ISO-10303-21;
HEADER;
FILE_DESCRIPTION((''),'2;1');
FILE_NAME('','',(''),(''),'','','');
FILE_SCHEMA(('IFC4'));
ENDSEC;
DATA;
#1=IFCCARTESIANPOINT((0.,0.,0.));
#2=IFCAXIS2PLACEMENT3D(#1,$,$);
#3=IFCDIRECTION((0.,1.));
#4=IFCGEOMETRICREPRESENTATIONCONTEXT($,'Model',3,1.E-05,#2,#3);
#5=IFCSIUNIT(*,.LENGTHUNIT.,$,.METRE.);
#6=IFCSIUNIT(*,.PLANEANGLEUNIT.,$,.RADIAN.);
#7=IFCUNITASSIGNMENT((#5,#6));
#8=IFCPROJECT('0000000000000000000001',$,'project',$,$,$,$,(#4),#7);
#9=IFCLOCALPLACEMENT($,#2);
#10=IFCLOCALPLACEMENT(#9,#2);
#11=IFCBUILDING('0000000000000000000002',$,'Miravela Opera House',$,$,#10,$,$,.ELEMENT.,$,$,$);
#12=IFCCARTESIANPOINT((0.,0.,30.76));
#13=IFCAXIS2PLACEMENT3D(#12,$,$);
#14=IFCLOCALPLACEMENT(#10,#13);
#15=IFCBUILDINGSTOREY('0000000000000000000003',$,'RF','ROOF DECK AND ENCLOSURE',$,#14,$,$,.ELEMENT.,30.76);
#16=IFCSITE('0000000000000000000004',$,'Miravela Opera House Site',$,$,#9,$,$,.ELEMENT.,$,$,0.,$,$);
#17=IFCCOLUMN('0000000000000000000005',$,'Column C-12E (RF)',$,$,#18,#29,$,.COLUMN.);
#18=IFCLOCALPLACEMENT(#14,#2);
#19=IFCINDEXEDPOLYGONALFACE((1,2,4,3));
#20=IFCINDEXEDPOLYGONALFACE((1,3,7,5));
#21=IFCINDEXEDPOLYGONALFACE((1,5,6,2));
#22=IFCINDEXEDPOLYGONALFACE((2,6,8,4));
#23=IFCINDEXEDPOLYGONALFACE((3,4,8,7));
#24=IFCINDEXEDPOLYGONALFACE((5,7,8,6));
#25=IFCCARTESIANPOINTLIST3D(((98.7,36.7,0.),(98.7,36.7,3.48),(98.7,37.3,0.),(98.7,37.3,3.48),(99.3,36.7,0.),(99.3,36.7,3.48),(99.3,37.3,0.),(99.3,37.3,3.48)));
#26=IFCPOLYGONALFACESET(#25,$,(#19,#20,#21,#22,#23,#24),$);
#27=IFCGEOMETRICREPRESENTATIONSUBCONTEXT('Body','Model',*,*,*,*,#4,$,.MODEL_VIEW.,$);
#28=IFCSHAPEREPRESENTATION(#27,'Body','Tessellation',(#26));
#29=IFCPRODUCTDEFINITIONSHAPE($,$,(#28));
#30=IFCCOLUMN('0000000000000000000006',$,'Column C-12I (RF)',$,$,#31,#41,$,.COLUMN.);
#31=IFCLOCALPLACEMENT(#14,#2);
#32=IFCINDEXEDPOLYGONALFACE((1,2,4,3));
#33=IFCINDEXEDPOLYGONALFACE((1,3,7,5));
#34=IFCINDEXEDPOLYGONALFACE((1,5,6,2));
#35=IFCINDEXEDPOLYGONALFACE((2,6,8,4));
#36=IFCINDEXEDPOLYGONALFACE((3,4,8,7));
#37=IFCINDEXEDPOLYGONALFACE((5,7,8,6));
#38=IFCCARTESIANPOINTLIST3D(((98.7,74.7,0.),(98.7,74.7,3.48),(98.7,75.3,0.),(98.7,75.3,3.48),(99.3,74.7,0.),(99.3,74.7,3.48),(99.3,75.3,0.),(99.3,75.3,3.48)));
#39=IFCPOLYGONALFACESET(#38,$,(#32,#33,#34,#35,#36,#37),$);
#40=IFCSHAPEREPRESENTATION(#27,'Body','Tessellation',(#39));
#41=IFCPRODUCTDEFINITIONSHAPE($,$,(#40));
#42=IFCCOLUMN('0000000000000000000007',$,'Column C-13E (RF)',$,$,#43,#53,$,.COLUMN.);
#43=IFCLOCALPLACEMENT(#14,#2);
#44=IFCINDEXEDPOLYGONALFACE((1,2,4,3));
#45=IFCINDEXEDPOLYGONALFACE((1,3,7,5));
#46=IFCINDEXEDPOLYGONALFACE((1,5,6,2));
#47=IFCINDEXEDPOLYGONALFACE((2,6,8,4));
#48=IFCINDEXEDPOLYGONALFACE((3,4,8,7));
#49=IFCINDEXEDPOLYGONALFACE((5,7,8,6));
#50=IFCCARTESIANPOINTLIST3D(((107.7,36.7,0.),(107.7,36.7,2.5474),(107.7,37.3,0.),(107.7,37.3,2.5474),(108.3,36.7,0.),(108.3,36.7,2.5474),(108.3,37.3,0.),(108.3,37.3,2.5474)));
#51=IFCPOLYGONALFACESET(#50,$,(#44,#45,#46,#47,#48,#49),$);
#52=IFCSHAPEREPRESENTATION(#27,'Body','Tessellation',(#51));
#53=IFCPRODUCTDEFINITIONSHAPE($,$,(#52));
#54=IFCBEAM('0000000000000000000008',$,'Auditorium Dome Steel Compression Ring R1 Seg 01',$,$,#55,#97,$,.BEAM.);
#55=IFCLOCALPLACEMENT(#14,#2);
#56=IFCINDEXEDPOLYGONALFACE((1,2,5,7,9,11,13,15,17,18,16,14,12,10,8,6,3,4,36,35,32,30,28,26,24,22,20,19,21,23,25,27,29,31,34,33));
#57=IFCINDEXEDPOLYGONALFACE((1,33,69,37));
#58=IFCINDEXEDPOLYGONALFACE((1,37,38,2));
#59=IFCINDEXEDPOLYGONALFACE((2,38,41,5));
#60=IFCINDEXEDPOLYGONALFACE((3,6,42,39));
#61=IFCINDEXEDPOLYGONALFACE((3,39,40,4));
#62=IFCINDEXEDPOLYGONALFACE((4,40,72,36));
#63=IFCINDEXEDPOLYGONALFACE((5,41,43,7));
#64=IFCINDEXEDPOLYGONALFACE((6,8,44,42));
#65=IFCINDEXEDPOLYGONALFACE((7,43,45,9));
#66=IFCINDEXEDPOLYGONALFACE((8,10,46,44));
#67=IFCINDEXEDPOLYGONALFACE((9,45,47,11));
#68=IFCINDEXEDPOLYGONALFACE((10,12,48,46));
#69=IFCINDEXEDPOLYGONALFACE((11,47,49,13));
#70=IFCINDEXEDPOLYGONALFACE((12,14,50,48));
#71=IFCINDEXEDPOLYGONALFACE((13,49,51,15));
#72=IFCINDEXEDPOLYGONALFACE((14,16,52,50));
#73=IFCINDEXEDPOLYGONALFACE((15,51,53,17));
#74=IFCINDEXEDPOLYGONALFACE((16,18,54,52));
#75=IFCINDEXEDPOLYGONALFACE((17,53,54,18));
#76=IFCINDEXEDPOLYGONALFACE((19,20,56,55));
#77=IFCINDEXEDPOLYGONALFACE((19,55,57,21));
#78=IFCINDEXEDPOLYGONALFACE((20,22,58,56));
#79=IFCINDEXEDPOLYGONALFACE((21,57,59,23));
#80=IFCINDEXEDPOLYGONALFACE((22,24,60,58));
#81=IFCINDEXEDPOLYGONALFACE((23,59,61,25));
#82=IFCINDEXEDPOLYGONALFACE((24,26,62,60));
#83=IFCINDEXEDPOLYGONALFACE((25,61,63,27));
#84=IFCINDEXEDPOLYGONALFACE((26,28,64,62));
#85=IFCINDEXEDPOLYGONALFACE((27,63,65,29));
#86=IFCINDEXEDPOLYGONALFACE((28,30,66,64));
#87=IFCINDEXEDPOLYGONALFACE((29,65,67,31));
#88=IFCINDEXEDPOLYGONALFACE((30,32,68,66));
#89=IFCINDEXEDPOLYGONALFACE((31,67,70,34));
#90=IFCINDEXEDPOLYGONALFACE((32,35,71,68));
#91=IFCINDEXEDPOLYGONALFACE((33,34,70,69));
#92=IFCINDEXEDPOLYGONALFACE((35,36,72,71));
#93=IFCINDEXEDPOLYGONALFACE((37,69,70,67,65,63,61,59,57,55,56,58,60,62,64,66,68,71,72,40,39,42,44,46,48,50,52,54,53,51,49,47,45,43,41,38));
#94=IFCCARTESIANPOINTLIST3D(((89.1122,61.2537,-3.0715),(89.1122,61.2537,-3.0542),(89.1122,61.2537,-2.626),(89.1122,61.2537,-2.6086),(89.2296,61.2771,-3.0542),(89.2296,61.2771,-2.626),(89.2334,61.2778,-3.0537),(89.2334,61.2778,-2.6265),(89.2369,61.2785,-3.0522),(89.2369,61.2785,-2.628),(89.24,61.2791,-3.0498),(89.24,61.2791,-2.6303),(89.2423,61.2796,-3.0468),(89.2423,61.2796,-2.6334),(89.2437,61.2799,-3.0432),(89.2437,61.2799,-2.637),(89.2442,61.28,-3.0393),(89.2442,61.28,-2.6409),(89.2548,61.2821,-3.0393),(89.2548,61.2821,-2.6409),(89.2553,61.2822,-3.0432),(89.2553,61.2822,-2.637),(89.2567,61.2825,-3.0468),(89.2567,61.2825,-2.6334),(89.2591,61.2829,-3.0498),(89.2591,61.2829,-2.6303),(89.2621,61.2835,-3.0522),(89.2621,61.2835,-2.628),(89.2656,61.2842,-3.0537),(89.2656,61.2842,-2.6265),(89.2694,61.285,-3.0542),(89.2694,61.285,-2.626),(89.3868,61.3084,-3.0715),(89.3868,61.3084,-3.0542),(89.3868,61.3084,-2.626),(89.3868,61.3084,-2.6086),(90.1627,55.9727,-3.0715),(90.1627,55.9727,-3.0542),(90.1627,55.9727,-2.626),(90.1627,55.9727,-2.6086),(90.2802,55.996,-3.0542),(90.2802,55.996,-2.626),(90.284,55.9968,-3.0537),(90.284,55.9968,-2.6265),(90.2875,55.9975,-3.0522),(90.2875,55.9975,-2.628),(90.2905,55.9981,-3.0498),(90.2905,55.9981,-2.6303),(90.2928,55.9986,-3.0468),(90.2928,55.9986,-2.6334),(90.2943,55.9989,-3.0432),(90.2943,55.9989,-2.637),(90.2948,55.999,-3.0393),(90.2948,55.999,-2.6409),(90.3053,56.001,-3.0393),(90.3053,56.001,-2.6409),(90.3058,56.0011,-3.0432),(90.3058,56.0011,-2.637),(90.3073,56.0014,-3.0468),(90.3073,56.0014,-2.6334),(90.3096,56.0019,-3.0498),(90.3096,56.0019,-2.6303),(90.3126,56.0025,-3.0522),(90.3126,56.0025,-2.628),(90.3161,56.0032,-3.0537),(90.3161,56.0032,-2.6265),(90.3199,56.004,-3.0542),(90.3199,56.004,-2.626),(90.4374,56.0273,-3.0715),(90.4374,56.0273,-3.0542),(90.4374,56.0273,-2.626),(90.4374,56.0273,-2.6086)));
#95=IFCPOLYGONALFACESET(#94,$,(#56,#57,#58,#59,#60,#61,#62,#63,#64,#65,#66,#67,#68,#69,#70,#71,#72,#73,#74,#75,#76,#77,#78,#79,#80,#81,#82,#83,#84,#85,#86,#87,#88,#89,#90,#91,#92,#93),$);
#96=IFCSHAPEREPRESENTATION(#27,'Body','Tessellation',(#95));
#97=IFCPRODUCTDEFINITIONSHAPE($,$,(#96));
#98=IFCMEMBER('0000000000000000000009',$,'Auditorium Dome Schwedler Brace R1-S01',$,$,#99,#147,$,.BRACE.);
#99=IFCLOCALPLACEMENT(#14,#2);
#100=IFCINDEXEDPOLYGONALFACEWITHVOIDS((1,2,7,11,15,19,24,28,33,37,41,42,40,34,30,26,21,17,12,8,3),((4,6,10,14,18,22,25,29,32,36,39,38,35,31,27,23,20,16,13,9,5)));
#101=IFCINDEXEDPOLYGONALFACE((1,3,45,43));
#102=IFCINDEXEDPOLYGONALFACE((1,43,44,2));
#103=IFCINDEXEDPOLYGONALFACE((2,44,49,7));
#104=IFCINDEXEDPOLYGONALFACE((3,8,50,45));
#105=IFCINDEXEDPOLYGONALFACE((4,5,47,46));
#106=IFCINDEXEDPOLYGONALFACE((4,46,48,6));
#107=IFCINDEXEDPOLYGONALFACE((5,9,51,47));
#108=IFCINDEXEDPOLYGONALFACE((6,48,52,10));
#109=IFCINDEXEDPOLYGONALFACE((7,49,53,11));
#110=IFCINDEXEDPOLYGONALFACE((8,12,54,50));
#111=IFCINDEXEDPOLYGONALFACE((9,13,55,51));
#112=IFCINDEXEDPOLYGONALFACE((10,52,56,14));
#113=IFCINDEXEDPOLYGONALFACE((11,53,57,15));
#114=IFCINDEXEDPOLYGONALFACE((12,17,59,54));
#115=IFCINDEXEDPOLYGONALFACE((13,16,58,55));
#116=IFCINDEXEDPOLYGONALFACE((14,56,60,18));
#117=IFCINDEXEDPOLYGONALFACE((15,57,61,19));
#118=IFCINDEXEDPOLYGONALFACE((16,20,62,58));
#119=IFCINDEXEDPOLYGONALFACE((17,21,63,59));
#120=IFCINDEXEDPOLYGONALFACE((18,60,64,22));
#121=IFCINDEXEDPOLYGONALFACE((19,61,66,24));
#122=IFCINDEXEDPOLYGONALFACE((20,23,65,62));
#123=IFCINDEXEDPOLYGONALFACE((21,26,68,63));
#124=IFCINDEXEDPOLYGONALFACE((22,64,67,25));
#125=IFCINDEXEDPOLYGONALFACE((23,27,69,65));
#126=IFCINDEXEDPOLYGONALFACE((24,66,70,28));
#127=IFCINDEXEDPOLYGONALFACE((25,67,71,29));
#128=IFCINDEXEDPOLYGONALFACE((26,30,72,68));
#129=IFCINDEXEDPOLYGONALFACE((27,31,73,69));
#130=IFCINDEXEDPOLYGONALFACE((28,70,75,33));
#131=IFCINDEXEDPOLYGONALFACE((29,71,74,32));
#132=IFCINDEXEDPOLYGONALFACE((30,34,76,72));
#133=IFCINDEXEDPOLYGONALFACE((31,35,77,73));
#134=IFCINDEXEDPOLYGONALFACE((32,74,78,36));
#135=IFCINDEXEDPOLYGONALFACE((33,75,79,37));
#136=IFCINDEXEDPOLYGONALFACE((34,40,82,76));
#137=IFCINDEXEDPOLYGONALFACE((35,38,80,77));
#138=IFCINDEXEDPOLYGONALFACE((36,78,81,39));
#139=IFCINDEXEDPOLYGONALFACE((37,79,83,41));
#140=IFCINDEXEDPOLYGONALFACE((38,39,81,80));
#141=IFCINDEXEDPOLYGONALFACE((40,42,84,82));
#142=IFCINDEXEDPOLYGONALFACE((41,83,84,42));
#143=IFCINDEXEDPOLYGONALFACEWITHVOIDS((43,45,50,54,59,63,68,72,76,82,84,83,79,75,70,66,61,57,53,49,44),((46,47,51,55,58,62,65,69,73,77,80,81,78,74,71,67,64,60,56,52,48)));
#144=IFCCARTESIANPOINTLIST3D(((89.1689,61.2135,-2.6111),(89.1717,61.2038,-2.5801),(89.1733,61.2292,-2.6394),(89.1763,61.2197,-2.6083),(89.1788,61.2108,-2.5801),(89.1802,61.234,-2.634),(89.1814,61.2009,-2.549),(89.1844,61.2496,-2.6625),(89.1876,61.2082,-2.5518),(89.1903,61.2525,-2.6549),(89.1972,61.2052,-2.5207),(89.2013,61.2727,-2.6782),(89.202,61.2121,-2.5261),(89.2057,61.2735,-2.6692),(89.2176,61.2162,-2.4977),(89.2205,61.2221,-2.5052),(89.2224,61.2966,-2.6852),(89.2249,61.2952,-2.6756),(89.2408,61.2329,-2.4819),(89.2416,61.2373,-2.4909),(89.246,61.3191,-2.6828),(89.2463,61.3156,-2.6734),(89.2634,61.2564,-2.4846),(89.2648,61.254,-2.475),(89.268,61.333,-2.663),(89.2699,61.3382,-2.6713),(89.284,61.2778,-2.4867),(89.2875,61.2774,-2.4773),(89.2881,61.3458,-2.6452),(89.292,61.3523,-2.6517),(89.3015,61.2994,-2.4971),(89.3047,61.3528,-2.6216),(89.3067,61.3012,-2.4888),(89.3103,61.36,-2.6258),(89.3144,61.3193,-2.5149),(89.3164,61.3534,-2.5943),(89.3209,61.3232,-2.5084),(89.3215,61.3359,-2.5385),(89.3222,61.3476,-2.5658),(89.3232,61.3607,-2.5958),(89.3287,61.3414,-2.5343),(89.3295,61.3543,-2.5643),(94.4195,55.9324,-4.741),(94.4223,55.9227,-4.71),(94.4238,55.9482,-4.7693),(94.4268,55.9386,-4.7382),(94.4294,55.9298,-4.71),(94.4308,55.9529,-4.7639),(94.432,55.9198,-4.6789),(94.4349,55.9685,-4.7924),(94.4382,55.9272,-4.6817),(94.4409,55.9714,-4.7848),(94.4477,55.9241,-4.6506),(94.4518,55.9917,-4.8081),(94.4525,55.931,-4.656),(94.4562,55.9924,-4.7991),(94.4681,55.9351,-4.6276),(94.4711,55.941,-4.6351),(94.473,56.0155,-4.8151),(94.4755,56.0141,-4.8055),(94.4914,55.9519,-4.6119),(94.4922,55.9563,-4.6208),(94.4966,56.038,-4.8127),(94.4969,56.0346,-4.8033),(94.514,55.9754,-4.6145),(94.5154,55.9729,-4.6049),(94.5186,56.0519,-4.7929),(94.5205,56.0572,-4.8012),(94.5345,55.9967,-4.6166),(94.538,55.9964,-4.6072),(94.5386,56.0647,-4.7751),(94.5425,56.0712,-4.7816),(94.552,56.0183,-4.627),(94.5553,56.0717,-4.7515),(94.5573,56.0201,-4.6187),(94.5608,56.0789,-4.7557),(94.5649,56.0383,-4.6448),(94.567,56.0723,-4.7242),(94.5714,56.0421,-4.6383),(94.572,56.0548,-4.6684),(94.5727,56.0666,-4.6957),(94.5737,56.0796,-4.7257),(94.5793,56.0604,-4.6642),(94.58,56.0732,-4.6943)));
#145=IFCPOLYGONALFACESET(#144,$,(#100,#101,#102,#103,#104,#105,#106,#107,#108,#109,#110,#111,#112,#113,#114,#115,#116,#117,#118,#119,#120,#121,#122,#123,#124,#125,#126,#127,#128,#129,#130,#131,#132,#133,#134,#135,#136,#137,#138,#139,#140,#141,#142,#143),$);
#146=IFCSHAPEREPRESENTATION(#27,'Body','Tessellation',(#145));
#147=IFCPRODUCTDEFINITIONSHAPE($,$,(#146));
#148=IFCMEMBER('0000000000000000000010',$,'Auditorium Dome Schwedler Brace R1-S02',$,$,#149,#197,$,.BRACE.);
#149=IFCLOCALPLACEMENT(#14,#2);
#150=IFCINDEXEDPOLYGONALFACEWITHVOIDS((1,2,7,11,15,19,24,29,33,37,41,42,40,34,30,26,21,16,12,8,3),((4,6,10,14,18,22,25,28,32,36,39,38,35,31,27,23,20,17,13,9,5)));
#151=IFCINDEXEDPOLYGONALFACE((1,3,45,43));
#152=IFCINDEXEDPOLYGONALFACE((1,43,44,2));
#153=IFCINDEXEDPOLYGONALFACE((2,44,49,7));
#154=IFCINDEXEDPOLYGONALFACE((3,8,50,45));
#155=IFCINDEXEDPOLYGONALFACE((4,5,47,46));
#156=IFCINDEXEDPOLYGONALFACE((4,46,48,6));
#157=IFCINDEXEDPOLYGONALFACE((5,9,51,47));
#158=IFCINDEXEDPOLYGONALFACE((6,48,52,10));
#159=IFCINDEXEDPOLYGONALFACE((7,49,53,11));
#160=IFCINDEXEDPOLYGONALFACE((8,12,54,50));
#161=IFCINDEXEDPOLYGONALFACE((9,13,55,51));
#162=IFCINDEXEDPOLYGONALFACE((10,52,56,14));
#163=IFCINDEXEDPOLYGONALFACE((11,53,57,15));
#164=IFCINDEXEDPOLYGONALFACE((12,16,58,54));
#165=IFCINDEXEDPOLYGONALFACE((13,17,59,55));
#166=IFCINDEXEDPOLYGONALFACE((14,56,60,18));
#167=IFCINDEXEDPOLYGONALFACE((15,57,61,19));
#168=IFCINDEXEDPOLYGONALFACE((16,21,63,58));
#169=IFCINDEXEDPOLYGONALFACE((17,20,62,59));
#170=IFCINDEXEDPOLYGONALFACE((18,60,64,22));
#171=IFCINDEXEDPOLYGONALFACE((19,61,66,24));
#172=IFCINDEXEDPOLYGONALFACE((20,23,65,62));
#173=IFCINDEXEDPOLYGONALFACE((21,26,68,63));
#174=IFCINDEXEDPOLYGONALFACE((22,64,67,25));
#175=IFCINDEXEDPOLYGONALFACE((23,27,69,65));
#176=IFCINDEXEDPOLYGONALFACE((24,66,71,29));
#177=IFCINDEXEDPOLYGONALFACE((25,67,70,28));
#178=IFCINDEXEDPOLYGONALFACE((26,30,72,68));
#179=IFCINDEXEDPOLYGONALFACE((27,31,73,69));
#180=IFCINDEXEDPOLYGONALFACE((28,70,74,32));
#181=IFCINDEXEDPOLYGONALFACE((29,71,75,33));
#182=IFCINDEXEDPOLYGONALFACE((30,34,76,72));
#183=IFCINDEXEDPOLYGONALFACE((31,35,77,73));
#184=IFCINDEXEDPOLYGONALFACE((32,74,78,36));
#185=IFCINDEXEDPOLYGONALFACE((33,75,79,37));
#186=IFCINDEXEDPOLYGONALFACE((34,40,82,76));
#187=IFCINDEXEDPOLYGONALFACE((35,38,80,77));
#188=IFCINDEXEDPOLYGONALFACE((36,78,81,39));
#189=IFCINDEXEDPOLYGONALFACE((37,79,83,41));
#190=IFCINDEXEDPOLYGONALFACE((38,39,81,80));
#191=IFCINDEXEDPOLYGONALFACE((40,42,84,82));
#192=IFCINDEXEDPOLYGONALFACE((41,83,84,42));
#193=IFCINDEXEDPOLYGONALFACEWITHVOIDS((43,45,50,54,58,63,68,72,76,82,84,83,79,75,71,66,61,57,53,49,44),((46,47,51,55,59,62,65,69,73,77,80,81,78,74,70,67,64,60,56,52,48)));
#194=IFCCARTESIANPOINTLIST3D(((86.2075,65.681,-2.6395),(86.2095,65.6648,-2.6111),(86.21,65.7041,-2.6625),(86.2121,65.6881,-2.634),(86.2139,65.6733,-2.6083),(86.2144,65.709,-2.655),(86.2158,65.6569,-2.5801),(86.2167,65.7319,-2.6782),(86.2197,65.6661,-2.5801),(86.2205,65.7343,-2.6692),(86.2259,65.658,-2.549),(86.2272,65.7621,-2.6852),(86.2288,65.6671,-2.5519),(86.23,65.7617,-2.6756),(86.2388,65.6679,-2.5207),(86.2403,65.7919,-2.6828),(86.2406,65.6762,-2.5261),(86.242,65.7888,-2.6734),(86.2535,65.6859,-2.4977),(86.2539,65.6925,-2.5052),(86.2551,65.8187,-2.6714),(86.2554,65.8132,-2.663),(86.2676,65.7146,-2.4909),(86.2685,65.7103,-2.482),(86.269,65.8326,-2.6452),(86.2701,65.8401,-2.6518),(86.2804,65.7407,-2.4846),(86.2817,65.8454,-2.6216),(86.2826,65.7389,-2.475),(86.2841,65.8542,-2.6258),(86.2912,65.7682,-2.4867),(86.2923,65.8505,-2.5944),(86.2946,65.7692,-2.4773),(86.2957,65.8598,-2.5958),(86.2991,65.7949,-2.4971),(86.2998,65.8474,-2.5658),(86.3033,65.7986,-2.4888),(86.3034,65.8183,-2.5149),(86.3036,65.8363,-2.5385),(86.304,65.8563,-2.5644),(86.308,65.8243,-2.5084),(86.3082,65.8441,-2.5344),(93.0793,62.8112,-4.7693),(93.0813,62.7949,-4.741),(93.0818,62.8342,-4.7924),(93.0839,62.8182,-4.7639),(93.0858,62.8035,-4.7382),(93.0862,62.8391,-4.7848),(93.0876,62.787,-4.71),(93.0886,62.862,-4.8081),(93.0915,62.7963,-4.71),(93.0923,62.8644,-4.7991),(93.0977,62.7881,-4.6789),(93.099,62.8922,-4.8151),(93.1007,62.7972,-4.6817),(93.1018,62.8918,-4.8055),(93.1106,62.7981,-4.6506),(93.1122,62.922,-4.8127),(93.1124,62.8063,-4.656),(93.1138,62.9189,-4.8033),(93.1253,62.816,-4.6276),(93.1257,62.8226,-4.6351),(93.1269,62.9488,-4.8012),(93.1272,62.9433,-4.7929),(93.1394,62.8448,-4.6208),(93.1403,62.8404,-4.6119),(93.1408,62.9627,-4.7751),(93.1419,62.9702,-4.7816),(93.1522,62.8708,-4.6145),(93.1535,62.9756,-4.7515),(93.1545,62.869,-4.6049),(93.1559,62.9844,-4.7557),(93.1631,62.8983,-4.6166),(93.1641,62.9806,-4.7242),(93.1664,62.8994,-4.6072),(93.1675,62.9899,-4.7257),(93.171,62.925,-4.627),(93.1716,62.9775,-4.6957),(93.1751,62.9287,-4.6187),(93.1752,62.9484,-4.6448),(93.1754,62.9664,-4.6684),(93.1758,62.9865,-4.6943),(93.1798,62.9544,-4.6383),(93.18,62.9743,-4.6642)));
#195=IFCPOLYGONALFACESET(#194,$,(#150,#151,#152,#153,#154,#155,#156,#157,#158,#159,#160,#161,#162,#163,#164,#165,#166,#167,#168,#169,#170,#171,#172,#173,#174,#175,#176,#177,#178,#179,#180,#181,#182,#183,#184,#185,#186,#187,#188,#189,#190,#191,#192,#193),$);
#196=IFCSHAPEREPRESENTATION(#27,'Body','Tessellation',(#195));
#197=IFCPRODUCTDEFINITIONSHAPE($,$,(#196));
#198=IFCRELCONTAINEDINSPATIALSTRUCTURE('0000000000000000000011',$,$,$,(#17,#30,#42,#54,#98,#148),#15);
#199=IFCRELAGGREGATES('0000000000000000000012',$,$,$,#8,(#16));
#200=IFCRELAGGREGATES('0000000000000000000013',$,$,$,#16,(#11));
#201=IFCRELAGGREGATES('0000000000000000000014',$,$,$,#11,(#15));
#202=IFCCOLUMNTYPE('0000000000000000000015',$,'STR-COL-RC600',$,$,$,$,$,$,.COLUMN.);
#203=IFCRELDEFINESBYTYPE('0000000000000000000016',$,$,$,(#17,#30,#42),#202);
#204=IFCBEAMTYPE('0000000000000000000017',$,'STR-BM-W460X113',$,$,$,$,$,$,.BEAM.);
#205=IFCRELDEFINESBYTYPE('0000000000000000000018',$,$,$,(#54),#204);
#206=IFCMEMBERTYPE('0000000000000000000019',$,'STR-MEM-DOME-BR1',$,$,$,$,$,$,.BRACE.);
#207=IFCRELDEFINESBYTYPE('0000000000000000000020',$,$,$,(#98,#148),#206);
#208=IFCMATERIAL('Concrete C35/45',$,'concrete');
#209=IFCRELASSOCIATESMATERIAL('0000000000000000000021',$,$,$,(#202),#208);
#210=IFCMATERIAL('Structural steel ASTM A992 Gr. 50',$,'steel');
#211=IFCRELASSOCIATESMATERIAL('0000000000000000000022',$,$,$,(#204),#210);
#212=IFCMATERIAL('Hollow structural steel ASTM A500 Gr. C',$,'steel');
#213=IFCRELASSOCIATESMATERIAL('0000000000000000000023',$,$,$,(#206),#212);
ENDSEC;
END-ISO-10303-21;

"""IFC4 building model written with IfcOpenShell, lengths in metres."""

from ifc_helpers import new_model, si_unit, direction, frame, origin, origin_2d, place, context, subcontext, project, spatial, rectangle, hollow_circle, i_section, extrude, material, material_profile, profile_set, type_object, element, save


model = new_model("IFC4")

# Units and contexts
model_context = context("Model", 3, precision=1e-05, world=origin(), true_north=direction((0.0, 1.0)))
body_context = subcontext(model_context, "Body", "Model", "MODEL_VIEW")
ifc_project = project(units=[si_unit("LENGTHUNIT", "METRE"), si_unit("PLANEANGLEUNIT", "RADIAN")], contexts=[model_context])

# Site, building, storey
site_placement = place(None, origin())
site = spatial("IfcSite", under=ifc_project, at=site_placement, Name="Miravela Opera House Site", CompositionType="ELEMENT", RefElevation=0.0)
building_placement = place(site_placement, origin())
building = spatial("IfcBuilding", under=site, at=building_placement, Name="Miravela Opera House", CompositionType="ELEMENT")
storey_placement = place(building_placement, frame((0.0, 0.0, 30.76)))
storey = spatial("IfcBuildingStorey", under=building, at=storey_placement, Name="RF", Description="ROOF DECK AND ENCLOSURE", CompositionType="ELEMENT", Elevation=30.76)

# Columns
ifc_material_1 = material(Name="Concrete C35/45", Category="concrete")
ifc_material_profile_1 = material_profile(ifc_material_1, rectangle(XDim=0.6001, YDim=0.6001, at=origin_2d()), Name="RC-COL-600X600")
ifc_profile_set_1 = profile_set([ifc_material_profile_1])
column_type = type_object("IfcColumnType", Name="STR-COL-RC600", PredefinedType="COLUMN", material=ifc_profile_set_1)
for number, where, z_axis, x_axis, name in (
    (1, (99.0, 37.0, 0.0), (0.0, 0.0, 1.0), (1.0, 0.0, 0.0), "Column C-12E (RF)"),
    (2, (99.0, 75.0, 0.0), (0.0, 0.0, 1.0), (1.0, 0.0, 0.0), "Column C-12I (RF)"),
):
    element("IfcColumn", number, at=place(storey_placement, frame(where, z_axis=z_axis, x_axis=x_axis)), inside=storey, type_object=column_type, Name=name, PredefinedType="COLUMN", context=body_context, shape_type="SweptSolid", body=[
        extrude(rectangle(XDim=0.6001, YDim=0.6001, at=origin_2d()), origin(), (0.0, 0.0, 1.0), 3.48),
    ])
column_placement = place(storey_placement, frame((108.0, 37.0, 0.0), z_axis=(0.0, 0.0, 1.0), x_axis=(1.0, 0.0, 0.0)))
element("IfcColumn", 3, at=column_placement, inside=storey, type_object=column_type, Name="Column C-13E (RF)", PredefinedType="COLUMN", context=body_context, shape_type="SweptSolid", body=[
    extrude(rectangle(XDim=0.6001, YDim=0.6001, at=origin_2d()), origin(), (0.0, 0.0, 1.0), 2.5474),
])

# Beam
ifc_material_2 = material(Name="Structural steel ASTM A992 Gr. 50", Category="steel")
ifc_material_profile_2 = material_profile(ifc_material_2, i_section(OverallWidth=0.28, OverallDepth=0.4629, WebThickness=0.0107, FlangeThickness=0.0173, FilletRadius=0.0149, at=origin_2d()), Name="W460X113")
ifc_profile_set_2 = profile_set([ifc_material_profile_2])
beam_type = type_object("IfcBeamType", Name="STR-BM-W460X113", PredefinedType="BEAM", material=ifc_profile_set_2)
beam_placement = place(storey_placement, frame((90.3, 56.0, -2.8401), z_axis=(-0.195105, 0.980782, 0.0), x_axis=(-0.980782, -0.195105, 0.0)))
element("IfcBeam", 4, at=beam_placement, inside=storey, type_object=beam_type, Name="Auditorium Dome Steel Compression Ring R1 Seg 01", PredefinedType="BEAM", context=body_context, shape_type="SweptSolid", body=[
    extrude(i_section(OverallWidth=0.28, OverallDepth=0.4629, WebThickness=0.0107, FlangeThickness=0.0173, FilletRadius=0.0149, at=origin_2d()), origin(), (0.0, 0.0, 1.0), 5.3845),
])

# Members
ifc_material_3 = material(Name="Hollow structural steel ASTM A500 Gr. C", Category="steel")
ifc_material_profile_3 = material_profile(ifc_material_3, hollow_circle(Radius=0.1096, WallThickness=0.01, at=origin_2d()), Name="CHS219X10")
ifc_profile_set_3 = profile_set([ifc_material_profile_3])
member_type_1 = type_object("IfcMemberType", Name="STR-MEM-DOME-BR1", PredefinedType="BRACE", material=ifc_profile_set_3)
for number, where, z_axis, x_axis, name in (
    (5, (94.5, 56.0, -4.71), (-0.677874, 0.681814, 0.274983), (-0.709153, -0.705055, 0.0), "Auditorium Dome Schwedler Brace R1-S01"),
    (6, (93.1299, 62.8882, -4.71), (-0.887189, 0.370516, 0.274979), (-0.385372, -0.922761, 0.0), "Auditorium Dome Schwedler Brace R1-S02"),
):
    element("IfcMember", number, at=place(storey_placement, frame(where, z_axis=z_axis, x_axis=x_axis)), inside=storey, type_object=member_type_1, Name=name, PredefinedType="BRACE", context=body_context, shape_type="SweptSolid", body=[
        extrude(hollow_circle(Radius=0.1096, WallThickness=0.01, at=origin_2d()), origin(), (0.0, 0.0, 1.0), 7.7456),
    ])

save(model, "model.ifc")
